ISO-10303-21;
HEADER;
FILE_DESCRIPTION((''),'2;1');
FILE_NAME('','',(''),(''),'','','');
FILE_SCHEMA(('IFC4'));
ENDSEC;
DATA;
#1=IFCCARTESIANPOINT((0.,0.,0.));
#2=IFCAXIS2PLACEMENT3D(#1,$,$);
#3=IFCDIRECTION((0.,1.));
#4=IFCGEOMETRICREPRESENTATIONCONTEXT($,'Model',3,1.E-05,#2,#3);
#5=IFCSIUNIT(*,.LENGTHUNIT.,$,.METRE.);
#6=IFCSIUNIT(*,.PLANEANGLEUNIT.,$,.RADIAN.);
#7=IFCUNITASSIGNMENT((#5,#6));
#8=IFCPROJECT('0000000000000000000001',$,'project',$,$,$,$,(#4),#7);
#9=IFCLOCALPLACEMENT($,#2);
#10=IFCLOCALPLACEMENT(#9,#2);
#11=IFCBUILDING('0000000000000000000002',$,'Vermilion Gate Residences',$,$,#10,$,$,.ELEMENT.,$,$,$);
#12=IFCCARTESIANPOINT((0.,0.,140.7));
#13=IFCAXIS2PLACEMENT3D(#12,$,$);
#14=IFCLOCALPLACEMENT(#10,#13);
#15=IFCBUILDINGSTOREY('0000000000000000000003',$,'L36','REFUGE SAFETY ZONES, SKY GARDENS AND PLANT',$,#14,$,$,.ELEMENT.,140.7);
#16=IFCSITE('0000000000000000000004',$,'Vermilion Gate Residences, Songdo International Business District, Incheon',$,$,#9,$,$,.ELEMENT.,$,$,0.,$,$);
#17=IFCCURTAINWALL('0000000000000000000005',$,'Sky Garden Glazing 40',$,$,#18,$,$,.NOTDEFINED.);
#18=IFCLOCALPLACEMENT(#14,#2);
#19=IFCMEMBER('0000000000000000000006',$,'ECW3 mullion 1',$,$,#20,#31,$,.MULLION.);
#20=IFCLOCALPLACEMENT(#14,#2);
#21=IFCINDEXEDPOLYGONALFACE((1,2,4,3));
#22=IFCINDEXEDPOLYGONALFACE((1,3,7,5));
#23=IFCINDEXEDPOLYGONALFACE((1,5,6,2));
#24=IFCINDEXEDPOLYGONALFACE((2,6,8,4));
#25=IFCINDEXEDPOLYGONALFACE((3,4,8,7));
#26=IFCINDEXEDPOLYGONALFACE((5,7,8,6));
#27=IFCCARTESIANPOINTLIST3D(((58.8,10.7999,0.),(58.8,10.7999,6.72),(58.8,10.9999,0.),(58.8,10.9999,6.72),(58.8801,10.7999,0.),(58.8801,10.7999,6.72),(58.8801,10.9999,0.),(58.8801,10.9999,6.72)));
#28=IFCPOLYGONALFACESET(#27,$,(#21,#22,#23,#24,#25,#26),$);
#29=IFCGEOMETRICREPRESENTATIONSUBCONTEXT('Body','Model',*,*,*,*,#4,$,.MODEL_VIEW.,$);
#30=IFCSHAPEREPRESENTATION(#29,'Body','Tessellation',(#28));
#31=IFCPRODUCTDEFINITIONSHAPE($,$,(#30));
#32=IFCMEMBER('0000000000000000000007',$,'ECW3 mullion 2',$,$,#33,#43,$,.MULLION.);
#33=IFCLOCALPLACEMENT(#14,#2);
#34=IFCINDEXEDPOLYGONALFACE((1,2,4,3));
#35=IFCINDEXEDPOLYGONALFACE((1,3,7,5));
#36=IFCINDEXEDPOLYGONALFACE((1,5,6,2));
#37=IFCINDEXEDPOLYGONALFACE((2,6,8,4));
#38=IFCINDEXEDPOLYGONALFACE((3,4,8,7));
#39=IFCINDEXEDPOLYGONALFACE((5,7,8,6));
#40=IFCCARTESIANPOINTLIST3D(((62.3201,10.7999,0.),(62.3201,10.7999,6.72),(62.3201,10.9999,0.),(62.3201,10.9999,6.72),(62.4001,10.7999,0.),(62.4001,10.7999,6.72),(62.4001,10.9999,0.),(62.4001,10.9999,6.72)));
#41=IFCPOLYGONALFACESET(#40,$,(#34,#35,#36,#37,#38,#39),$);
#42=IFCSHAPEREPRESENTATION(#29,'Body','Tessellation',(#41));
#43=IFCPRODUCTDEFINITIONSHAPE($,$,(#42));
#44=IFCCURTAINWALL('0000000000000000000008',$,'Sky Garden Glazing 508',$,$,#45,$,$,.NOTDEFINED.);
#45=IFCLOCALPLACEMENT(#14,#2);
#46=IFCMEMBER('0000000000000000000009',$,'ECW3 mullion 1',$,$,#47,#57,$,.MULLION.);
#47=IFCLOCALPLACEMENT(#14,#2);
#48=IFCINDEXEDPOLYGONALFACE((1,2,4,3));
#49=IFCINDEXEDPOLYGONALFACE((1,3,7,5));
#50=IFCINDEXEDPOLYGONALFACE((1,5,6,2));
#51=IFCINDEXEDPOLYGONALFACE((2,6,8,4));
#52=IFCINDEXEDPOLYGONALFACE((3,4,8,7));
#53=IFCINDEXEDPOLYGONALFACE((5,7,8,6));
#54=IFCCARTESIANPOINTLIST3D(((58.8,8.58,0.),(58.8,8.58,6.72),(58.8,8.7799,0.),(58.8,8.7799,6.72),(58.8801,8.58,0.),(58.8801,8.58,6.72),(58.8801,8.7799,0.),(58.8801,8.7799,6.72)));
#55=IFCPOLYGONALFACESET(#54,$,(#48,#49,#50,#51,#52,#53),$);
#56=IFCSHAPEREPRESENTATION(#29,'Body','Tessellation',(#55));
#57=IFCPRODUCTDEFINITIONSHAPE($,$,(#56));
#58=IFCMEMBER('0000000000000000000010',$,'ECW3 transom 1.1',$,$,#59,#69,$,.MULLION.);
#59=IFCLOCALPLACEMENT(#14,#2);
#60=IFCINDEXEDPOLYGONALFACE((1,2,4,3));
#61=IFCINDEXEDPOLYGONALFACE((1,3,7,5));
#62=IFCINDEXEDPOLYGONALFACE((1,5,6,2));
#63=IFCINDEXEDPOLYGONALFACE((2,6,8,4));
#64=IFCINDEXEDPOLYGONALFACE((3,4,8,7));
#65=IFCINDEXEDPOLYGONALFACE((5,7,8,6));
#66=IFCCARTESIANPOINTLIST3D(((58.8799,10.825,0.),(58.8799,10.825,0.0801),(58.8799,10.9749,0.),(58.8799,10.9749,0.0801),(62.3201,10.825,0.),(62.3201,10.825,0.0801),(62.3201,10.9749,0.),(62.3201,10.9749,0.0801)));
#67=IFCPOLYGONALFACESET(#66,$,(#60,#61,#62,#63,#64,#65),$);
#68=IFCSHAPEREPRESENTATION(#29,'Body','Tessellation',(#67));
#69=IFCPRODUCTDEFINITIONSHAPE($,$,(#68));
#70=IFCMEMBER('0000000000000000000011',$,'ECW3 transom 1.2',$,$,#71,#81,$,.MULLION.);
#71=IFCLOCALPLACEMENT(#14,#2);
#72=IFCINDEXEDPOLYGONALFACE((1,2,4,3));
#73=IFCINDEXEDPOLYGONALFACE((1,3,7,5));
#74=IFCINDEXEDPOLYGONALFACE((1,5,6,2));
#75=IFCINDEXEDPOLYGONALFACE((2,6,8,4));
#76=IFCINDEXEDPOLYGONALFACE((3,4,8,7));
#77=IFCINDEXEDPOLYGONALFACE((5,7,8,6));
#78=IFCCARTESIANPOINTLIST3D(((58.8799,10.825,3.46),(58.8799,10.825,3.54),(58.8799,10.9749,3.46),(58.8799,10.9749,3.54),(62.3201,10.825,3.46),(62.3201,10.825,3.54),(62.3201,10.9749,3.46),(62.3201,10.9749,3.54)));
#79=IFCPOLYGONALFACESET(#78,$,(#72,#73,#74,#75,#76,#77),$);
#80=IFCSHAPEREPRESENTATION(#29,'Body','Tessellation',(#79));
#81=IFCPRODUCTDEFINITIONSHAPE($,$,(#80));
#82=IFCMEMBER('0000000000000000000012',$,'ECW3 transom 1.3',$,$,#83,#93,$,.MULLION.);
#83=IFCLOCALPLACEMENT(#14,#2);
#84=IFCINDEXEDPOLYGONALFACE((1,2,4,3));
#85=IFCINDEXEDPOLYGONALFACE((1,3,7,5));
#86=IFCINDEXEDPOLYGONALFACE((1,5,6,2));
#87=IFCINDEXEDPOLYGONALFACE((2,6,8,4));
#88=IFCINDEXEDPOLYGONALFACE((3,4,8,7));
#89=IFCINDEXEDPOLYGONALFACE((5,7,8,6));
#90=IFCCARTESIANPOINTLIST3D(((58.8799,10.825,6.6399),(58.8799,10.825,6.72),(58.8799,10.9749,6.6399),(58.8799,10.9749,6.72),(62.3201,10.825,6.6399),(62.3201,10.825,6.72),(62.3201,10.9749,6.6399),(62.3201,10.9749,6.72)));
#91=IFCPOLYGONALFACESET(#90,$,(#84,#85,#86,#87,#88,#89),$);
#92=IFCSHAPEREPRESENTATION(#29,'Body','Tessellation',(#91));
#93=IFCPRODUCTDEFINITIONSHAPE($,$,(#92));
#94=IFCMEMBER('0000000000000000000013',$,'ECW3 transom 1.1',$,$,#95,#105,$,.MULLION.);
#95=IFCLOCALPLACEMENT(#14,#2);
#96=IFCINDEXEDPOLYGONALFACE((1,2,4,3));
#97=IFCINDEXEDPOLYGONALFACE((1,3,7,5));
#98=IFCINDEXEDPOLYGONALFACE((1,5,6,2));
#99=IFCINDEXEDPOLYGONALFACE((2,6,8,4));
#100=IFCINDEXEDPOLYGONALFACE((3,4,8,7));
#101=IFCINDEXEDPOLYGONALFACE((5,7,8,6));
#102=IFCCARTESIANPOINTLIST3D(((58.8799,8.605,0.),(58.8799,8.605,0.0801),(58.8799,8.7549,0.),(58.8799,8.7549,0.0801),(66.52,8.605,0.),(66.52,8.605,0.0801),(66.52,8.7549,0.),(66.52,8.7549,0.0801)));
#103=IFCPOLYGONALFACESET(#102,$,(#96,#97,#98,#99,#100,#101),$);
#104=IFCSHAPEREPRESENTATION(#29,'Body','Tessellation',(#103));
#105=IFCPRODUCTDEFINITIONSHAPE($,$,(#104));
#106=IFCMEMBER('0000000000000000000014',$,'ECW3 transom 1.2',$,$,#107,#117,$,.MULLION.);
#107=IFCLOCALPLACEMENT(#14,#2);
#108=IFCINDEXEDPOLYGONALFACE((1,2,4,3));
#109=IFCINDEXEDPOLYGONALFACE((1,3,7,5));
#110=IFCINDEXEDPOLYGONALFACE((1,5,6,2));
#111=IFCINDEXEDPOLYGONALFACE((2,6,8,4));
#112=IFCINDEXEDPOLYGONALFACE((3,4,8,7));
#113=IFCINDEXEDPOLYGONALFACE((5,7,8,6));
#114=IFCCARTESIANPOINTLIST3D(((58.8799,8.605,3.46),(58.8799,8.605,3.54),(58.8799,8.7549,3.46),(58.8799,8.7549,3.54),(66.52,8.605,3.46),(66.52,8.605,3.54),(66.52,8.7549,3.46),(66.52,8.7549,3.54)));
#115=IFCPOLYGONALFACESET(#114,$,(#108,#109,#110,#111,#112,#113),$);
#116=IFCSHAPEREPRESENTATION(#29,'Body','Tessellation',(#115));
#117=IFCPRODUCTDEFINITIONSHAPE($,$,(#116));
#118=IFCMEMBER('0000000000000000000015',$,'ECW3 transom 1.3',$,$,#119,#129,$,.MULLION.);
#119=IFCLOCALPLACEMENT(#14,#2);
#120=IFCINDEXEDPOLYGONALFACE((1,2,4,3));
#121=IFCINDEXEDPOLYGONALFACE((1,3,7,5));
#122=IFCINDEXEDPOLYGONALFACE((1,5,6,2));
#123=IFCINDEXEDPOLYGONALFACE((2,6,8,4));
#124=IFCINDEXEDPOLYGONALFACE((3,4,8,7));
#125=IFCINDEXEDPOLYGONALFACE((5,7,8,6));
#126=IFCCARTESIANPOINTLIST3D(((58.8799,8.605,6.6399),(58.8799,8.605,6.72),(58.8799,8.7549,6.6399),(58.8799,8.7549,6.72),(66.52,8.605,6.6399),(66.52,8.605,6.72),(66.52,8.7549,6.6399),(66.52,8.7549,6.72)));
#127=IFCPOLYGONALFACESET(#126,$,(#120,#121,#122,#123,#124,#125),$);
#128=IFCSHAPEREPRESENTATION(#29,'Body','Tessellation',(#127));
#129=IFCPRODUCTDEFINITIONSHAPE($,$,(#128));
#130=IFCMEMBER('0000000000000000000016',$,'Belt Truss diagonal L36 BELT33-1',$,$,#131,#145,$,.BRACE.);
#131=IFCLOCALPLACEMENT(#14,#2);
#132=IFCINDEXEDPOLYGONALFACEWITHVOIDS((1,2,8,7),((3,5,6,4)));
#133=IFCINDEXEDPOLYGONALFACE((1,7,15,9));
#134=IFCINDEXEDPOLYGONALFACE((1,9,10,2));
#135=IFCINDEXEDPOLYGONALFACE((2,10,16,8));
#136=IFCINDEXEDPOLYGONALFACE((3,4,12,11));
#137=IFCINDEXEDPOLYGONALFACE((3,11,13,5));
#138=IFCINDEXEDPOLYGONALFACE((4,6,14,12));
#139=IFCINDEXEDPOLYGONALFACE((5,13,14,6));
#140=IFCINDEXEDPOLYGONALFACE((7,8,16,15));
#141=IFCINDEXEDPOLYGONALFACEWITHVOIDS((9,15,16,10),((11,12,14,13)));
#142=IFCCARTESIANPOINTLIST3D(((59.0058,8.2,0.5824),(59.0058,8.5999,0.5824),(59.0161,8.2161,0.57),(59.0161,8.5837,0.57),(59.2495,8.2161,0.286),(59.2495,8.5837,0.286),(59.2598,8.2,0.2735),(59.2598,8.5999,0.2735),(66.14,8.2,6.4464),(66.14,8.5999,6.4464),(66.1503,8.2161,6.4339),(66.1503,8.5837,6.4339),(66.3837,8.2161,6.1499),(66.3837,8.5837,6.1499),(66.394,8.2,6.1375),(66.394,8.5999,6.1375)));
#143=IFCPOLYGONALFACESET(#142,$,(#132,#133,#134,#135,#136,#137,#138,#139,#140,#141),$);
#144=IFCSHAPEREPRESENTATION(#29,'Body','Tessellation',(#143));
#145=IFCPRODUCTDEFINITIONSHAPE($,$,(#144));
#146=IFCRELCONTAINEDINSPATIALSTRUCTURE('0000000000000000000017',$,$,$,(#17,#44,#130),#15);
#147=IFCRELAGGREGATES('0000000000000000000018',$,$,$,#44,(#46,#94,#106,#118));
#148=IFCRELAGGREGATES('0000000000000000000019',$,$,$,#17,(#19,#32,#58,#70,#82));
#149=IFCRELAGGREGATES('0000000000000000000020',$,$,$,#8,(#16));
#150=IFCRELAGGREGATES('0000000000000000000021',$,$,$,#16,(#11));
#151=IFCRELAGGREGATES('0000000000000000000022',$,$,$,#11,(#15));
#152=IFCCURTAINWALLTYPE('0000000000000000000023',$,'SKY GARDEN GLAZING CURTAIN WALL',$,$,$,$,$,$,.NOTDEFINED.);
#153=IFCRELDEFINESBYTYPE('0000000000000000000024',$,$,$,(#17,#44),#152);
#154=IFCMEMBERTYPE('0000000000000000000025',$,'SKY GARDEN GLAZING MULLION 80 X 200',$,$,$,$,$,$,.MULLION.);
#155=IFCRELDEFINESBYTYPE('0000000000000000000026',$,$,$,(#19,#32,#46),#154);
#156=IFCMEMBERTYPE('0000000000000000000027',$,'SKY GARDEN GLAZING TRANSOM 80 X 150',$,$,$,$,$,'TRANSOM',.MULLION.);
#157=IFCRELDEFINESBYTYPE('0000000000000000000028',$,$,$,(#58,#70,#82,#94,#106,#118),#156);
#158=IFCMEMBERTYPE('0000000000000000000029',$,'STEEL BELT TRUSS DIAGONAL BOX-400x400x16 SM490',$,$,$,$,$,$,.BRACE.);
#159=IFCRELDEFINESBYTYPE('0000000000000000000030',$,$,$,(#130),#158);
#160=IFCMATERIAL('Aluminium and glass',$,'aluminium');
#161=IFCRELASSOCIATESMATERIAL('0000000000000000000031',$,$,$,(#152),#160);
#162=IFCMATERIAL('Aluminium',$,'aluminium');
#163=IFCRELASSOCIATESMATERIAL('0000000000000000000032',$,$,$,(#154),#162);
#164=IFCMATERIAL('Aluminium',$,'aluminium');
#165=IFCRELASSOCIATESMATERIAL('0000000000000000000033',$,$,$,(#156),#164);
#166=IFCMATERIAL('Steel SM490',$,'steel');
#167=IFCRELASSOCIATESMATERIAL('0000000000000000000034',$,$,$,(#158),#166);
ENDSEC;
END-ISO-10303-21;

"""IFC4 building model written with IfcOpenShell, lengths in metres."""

from ifc_helpers import new_model, si_unit, direction, frame, origin, origin_2d, place, context, subcontext, project, spatial, rectangle, hollow_rectangle, extrude, material, material_profile, profile_set, type_object, element, aggregate, save


model = new_model("IFC4")

# Units and contexts
model_context = context("Model", 3, precision=1e-05, world=origin(), true_north=direction((0.0, 1.0)))
body_context = subcontext(model_context, "Body", "Model", "MODEL_VIEW")
ifc_project = project(units=[si_unit("LENGTHUNIT", "METRE"), si_unit("PLANEANGLEUNIT", "RADIAN")], contexts=[model_context])

# Site, building, storey
site_placement = place(None, origin())
site = spatial("IfcSite", under=ifc_project, at=site_placement, Name="Vermilion Gate Residences, Songdo International Business District, Incheon", CompositionType="ELEMENT", RefElevation=0.0)
building_placement = place(site_placement, origin())
building = spatial("IfcBuilding", under=site, at=building_placement, Name="Vermilion Gate Residences", CompositionType="ELEMENT")
storey_placement = place(building_placement, frame((0.0, 0.0, 140.7)))
storey = spatial("IfcBuildingStorey", under=building, at=storey_placement, Name="L36", Description="REFUGE SAFETY ZONES, SKY GARDENS AND PLANT", CompositionType="ELEMENT", Elevation=140.7)

# Curtain wall, members
ifc_material_1 = material(Name="Aluminium and glass", Category="aluminium")
curtain_wall_type = type_object("IfcCurtainWallType", Name="SKY GARDEN GLAZING CURTAIN WALL", PredefinedType="NOTDEFINED", material=ifc_material_1)
curtain_wall_1_placement = place(storey_placement, origin())
curtain_wall_1 = element("IfcCurtainWall", 1, at=curtain_wall_1_placement, inside=storey, type_object=curtain_wall_type, Name="Sky Garden Glazing 40", PredefinedType="NOTDEFINED")
ifc_material_2 = material(Name="Aluminium", Category="aluminium")
ifc_material_profile_1 = material_profile(ifc_material_2, rectangle(XDim=0.2, YDim=0.0801, at=origin_2d()), Name="MULLION 80 X 200")
ifc_profile_set_1 = profile_set([ifc_material_profile_1], Name="Aluminium")
member_type_1 = type_object("IfcMemberType", Name="SKY GARDEN GLAZING MULLION 80 X 200", PredefinedType="MULLION", material=ifc_profile_set_1)
member_1_placement = place(storey_placement, frame((58.8401, 10.8999, 0.0), z_axis=(0.0, 0.0, 1.0), x_axis=(0.0, 1.0, 0.0)))
member_1 = element("IfcMember", 2, at=member_1_placement, type_object=member_type_1, Name="ECW3 mullion 1", PredefinedType="MULLION", context=body_context, shape_type="SweptSolid", body=[
    extrude(rectangle(XDim=0.2, YDim=0.0801, at=origin_2d()), origin(), (0.0, 0.0, 1.0), 6.72),
])
member_2_placement = place(storey_placement, frame((62.3601, 10.8999, 0.0), z_axis=(0.0, 0.0, 1.0), x_axis=(0.0, 1.0, 0.0)))
member_2 = element("IfcMember", 3, at=member_2_placement, type_object=member_type_1, Name="ECW3 mullion 2", PredefinedType="MULLION", context=body_context, shape_type="SweptSolid", body=[
    extrude(rectangle(XDim=0.2, YDim=0.0801, at=origin_2d()), origin(), (0.0, 0.0, 1.0), 6.72),
])

# Curtain wall, member
curtain_wall_2_placement = place(storey_placement, origin())
curtain_wall_2 = element("IfcCurtainWall", 4, at=curtain_wall_2_placement, inside=storey, type_object=curtain_wall_type, Name="Sky Garden Glazing 508", PredefinedType="NOTDEFINED")
member_3_placement = place(storey_placement, frame((58.8401, 8.6799, 0.0), z_axis=(0.0, 0.0, 1.0), x_axis=(0.0, 1.0, 0.0)))
member_3 = element("IfcMember", 5, at=member_3_placement, type_object=member_type_1, Name="ECW3 mullion 1", PredefinedType="MULLION", context=body_context, shape_type="SweptSolid", body=[
    extrude(rectangle(XDim=0.2, YDim=0.0801, at=origin_2d()), origin(), (0.0, 0.0, 1.0), 6.72),
])

# Members
ifc_material_3 = material(Name="Aluminium", Category="aluminium")
ifc_material_profile_2 = material_profile(ifc_material_3, rectangle(XDim=0.1499, YDim=0.0801, at=origin_2d()), Name="TRANSOM 80 X 150")
ifc_profile_set_2 = profile_set([ifc_material_profile_2], Name="Aluminium")
member_type_2 = type_object("IfcMemberType", Name="SKY GARDEN GLAZING TRANSOM 80 X 150", ElementType="TRANSOM", PredefinedType="MULLION", material=ifc_profile_set_2)
member_4_placement = place(storey_placement, frame((58.8799, 10.8999, 0.04), z_axis=(1.0, 0.0, 0.0), x_axis=(0.0, 1.0, 0.0)))
member_4 = element("IfcMember", 6, at=member_4_placement, type_object=member_type_2, Name="ECW3 transom 1.1", PredefinedType="MULLION", context=body_context, shape_type="SweptSolid", body=[
    extrude(rectangle(XDim=0.1499, YDim=0.0801, at=origin_2d()), origin(), (0.0, 0.0, 1.0), 3.4402),
])
member_5_placement = place(storey_placement, frame((58.8799, 10.8999, 3.5), z_axis=(1.0, 0.0, 0.0), x_axis=(0.0, 1.0, 0.0)))
member_5 = element("IfcMember", 7, at=member_5_placement, type_object=member_type_2, Name="ECW3 transom 1.2", PredefinedType="MULLION", context=body_context, shape_type="SweptSolid", body=[
    extrude(rectangle(XDim=0.1499, YDim=0.0801, at=origin_2d()), origin(), (0.0, 0.0, 1.0), 3.4402),
])
member_6_placement = place(storey_placement, frame((58.8799, 10.8999, 6.6799), z_axis=(1.0, 0.0, 0.0), x_axis=(0.0, 1.0, 0.0)))
member_6 = element("IfcMember", 8, at=member_6_placement, type_object=member_type_2, Name="ECW3 transom 1.3", PredefinedType="MULLION", context=body_context, shape_type="SweptSolid", body=[
    extrude(rectangle(XDim=0.1499, YDim=0.0801, at=origin_2d()), origin(), (0.0, 0.0, 1.0), 3.4402),
])
member_7_placement = place(storey_placement, frame((58.8799, 8.6799, 0.04), z_axis=(1.0, 0.0, 0.0), x_axis=(0.0, 1.0, 0.0)))
member_7 = element("IfcMember", 9, at=member_7_placement, type_object=member_type_2, Name="ECW3 transom 1.1", PredefinedType="MULLION", context=body_context, shape_type="SweptSolid", body=[
    extrude(rectangle(XDim=0.1499, YDim=0.0801, at=origin_2d()), origin(), (0.0, 0.0, 1.0), 7.6401),
])
member_8_placement = place(storey_placement, frame((58.8799, 8.6799, 3.5), z_axis=(1.0, 0.0, 0.0), x_axis=(0.0, 1.0, 0.0)))
member_8 = element("IfcMember", 10, at=member_8_placement, type_object=member_type_2, Name="ECW3 transom 1.2", PredefinedType="MULLION", context=body_context, shape_type="SweptSolid", body=[
    extrude(rectangle(XDim=0.1499, YDim=0.0801, at=origin_2d()), origin(), (0.0, 0.0, 1.0), 7.6401),
])
member_9_placement = place(storey_placement, frame((58.8799, 8.6799, 6.6799), z_axis=(1.0, 0.0, 0.0), x_axis=(0.0, 1.0, 0.0)))
member_9 = element("IfcMember", 11, at=member_9_placement, type_object=member_type_2, Name="ECW3 transom 1.3", PredefinedType="MULLION", context=body_context, shape_type="SweptSolid", body=[
    extrude(rectangle(XDim=0.1499, YDim=0.0801, at=origin_2d()), origin(), (0.0, 0.0, 1.0), 7.6401),
])
aggregate(curtain_wall_2, [member_3, member_7, member_8, member_9])

# Member
ifc_material_4 = material(Name="Steel SM490", Category="steel")
ifc_material_profile_3 = material_profile(ifc_material_4, hollow_rectangle(XDim=0.3999, YDim=0.3999, WallThickness=0.0161, at=origin_2d()), Name="BOX-400x400x16")
ifc_profile_set_3 = profile_set([ifc_material_profile_3], Name="Steel SM490")
member_type_3 = type_object("IfcMemberType", Name="STEEL BELT TRUSS DIAGONAL BOX-400x400x16 SM490", PredefinedType="BRACE", material=ifc_profile_set_3)
member_10_placement = place(storey_placement, frame((59.1328, 8.3999, 0.428), z_axis=(0.772529, 0.0, 0.63498), x_axis=(0.0, 1.0, 0.0)))
element("IfcMember", 12, at=member_10_placement, inside=storey, type_object=member_type_3, Name="Belt Truss diagonal L36 BELT33-1", PredefinedType="BRACE", context=body_context, shape_type="SweptSolid", body=[
    extrude(hollow_rectangle(XDim=0.3999, YDim=0.3999, WallThickness=0.0161, at=origin_2d()), origin(), (0.0, 0.0, 1.0), 9.2349),
])

aggregate(curtain_wall_1, [member_1, member_2, member_4, member_5, member_6])

save(model, "model.ifc")
